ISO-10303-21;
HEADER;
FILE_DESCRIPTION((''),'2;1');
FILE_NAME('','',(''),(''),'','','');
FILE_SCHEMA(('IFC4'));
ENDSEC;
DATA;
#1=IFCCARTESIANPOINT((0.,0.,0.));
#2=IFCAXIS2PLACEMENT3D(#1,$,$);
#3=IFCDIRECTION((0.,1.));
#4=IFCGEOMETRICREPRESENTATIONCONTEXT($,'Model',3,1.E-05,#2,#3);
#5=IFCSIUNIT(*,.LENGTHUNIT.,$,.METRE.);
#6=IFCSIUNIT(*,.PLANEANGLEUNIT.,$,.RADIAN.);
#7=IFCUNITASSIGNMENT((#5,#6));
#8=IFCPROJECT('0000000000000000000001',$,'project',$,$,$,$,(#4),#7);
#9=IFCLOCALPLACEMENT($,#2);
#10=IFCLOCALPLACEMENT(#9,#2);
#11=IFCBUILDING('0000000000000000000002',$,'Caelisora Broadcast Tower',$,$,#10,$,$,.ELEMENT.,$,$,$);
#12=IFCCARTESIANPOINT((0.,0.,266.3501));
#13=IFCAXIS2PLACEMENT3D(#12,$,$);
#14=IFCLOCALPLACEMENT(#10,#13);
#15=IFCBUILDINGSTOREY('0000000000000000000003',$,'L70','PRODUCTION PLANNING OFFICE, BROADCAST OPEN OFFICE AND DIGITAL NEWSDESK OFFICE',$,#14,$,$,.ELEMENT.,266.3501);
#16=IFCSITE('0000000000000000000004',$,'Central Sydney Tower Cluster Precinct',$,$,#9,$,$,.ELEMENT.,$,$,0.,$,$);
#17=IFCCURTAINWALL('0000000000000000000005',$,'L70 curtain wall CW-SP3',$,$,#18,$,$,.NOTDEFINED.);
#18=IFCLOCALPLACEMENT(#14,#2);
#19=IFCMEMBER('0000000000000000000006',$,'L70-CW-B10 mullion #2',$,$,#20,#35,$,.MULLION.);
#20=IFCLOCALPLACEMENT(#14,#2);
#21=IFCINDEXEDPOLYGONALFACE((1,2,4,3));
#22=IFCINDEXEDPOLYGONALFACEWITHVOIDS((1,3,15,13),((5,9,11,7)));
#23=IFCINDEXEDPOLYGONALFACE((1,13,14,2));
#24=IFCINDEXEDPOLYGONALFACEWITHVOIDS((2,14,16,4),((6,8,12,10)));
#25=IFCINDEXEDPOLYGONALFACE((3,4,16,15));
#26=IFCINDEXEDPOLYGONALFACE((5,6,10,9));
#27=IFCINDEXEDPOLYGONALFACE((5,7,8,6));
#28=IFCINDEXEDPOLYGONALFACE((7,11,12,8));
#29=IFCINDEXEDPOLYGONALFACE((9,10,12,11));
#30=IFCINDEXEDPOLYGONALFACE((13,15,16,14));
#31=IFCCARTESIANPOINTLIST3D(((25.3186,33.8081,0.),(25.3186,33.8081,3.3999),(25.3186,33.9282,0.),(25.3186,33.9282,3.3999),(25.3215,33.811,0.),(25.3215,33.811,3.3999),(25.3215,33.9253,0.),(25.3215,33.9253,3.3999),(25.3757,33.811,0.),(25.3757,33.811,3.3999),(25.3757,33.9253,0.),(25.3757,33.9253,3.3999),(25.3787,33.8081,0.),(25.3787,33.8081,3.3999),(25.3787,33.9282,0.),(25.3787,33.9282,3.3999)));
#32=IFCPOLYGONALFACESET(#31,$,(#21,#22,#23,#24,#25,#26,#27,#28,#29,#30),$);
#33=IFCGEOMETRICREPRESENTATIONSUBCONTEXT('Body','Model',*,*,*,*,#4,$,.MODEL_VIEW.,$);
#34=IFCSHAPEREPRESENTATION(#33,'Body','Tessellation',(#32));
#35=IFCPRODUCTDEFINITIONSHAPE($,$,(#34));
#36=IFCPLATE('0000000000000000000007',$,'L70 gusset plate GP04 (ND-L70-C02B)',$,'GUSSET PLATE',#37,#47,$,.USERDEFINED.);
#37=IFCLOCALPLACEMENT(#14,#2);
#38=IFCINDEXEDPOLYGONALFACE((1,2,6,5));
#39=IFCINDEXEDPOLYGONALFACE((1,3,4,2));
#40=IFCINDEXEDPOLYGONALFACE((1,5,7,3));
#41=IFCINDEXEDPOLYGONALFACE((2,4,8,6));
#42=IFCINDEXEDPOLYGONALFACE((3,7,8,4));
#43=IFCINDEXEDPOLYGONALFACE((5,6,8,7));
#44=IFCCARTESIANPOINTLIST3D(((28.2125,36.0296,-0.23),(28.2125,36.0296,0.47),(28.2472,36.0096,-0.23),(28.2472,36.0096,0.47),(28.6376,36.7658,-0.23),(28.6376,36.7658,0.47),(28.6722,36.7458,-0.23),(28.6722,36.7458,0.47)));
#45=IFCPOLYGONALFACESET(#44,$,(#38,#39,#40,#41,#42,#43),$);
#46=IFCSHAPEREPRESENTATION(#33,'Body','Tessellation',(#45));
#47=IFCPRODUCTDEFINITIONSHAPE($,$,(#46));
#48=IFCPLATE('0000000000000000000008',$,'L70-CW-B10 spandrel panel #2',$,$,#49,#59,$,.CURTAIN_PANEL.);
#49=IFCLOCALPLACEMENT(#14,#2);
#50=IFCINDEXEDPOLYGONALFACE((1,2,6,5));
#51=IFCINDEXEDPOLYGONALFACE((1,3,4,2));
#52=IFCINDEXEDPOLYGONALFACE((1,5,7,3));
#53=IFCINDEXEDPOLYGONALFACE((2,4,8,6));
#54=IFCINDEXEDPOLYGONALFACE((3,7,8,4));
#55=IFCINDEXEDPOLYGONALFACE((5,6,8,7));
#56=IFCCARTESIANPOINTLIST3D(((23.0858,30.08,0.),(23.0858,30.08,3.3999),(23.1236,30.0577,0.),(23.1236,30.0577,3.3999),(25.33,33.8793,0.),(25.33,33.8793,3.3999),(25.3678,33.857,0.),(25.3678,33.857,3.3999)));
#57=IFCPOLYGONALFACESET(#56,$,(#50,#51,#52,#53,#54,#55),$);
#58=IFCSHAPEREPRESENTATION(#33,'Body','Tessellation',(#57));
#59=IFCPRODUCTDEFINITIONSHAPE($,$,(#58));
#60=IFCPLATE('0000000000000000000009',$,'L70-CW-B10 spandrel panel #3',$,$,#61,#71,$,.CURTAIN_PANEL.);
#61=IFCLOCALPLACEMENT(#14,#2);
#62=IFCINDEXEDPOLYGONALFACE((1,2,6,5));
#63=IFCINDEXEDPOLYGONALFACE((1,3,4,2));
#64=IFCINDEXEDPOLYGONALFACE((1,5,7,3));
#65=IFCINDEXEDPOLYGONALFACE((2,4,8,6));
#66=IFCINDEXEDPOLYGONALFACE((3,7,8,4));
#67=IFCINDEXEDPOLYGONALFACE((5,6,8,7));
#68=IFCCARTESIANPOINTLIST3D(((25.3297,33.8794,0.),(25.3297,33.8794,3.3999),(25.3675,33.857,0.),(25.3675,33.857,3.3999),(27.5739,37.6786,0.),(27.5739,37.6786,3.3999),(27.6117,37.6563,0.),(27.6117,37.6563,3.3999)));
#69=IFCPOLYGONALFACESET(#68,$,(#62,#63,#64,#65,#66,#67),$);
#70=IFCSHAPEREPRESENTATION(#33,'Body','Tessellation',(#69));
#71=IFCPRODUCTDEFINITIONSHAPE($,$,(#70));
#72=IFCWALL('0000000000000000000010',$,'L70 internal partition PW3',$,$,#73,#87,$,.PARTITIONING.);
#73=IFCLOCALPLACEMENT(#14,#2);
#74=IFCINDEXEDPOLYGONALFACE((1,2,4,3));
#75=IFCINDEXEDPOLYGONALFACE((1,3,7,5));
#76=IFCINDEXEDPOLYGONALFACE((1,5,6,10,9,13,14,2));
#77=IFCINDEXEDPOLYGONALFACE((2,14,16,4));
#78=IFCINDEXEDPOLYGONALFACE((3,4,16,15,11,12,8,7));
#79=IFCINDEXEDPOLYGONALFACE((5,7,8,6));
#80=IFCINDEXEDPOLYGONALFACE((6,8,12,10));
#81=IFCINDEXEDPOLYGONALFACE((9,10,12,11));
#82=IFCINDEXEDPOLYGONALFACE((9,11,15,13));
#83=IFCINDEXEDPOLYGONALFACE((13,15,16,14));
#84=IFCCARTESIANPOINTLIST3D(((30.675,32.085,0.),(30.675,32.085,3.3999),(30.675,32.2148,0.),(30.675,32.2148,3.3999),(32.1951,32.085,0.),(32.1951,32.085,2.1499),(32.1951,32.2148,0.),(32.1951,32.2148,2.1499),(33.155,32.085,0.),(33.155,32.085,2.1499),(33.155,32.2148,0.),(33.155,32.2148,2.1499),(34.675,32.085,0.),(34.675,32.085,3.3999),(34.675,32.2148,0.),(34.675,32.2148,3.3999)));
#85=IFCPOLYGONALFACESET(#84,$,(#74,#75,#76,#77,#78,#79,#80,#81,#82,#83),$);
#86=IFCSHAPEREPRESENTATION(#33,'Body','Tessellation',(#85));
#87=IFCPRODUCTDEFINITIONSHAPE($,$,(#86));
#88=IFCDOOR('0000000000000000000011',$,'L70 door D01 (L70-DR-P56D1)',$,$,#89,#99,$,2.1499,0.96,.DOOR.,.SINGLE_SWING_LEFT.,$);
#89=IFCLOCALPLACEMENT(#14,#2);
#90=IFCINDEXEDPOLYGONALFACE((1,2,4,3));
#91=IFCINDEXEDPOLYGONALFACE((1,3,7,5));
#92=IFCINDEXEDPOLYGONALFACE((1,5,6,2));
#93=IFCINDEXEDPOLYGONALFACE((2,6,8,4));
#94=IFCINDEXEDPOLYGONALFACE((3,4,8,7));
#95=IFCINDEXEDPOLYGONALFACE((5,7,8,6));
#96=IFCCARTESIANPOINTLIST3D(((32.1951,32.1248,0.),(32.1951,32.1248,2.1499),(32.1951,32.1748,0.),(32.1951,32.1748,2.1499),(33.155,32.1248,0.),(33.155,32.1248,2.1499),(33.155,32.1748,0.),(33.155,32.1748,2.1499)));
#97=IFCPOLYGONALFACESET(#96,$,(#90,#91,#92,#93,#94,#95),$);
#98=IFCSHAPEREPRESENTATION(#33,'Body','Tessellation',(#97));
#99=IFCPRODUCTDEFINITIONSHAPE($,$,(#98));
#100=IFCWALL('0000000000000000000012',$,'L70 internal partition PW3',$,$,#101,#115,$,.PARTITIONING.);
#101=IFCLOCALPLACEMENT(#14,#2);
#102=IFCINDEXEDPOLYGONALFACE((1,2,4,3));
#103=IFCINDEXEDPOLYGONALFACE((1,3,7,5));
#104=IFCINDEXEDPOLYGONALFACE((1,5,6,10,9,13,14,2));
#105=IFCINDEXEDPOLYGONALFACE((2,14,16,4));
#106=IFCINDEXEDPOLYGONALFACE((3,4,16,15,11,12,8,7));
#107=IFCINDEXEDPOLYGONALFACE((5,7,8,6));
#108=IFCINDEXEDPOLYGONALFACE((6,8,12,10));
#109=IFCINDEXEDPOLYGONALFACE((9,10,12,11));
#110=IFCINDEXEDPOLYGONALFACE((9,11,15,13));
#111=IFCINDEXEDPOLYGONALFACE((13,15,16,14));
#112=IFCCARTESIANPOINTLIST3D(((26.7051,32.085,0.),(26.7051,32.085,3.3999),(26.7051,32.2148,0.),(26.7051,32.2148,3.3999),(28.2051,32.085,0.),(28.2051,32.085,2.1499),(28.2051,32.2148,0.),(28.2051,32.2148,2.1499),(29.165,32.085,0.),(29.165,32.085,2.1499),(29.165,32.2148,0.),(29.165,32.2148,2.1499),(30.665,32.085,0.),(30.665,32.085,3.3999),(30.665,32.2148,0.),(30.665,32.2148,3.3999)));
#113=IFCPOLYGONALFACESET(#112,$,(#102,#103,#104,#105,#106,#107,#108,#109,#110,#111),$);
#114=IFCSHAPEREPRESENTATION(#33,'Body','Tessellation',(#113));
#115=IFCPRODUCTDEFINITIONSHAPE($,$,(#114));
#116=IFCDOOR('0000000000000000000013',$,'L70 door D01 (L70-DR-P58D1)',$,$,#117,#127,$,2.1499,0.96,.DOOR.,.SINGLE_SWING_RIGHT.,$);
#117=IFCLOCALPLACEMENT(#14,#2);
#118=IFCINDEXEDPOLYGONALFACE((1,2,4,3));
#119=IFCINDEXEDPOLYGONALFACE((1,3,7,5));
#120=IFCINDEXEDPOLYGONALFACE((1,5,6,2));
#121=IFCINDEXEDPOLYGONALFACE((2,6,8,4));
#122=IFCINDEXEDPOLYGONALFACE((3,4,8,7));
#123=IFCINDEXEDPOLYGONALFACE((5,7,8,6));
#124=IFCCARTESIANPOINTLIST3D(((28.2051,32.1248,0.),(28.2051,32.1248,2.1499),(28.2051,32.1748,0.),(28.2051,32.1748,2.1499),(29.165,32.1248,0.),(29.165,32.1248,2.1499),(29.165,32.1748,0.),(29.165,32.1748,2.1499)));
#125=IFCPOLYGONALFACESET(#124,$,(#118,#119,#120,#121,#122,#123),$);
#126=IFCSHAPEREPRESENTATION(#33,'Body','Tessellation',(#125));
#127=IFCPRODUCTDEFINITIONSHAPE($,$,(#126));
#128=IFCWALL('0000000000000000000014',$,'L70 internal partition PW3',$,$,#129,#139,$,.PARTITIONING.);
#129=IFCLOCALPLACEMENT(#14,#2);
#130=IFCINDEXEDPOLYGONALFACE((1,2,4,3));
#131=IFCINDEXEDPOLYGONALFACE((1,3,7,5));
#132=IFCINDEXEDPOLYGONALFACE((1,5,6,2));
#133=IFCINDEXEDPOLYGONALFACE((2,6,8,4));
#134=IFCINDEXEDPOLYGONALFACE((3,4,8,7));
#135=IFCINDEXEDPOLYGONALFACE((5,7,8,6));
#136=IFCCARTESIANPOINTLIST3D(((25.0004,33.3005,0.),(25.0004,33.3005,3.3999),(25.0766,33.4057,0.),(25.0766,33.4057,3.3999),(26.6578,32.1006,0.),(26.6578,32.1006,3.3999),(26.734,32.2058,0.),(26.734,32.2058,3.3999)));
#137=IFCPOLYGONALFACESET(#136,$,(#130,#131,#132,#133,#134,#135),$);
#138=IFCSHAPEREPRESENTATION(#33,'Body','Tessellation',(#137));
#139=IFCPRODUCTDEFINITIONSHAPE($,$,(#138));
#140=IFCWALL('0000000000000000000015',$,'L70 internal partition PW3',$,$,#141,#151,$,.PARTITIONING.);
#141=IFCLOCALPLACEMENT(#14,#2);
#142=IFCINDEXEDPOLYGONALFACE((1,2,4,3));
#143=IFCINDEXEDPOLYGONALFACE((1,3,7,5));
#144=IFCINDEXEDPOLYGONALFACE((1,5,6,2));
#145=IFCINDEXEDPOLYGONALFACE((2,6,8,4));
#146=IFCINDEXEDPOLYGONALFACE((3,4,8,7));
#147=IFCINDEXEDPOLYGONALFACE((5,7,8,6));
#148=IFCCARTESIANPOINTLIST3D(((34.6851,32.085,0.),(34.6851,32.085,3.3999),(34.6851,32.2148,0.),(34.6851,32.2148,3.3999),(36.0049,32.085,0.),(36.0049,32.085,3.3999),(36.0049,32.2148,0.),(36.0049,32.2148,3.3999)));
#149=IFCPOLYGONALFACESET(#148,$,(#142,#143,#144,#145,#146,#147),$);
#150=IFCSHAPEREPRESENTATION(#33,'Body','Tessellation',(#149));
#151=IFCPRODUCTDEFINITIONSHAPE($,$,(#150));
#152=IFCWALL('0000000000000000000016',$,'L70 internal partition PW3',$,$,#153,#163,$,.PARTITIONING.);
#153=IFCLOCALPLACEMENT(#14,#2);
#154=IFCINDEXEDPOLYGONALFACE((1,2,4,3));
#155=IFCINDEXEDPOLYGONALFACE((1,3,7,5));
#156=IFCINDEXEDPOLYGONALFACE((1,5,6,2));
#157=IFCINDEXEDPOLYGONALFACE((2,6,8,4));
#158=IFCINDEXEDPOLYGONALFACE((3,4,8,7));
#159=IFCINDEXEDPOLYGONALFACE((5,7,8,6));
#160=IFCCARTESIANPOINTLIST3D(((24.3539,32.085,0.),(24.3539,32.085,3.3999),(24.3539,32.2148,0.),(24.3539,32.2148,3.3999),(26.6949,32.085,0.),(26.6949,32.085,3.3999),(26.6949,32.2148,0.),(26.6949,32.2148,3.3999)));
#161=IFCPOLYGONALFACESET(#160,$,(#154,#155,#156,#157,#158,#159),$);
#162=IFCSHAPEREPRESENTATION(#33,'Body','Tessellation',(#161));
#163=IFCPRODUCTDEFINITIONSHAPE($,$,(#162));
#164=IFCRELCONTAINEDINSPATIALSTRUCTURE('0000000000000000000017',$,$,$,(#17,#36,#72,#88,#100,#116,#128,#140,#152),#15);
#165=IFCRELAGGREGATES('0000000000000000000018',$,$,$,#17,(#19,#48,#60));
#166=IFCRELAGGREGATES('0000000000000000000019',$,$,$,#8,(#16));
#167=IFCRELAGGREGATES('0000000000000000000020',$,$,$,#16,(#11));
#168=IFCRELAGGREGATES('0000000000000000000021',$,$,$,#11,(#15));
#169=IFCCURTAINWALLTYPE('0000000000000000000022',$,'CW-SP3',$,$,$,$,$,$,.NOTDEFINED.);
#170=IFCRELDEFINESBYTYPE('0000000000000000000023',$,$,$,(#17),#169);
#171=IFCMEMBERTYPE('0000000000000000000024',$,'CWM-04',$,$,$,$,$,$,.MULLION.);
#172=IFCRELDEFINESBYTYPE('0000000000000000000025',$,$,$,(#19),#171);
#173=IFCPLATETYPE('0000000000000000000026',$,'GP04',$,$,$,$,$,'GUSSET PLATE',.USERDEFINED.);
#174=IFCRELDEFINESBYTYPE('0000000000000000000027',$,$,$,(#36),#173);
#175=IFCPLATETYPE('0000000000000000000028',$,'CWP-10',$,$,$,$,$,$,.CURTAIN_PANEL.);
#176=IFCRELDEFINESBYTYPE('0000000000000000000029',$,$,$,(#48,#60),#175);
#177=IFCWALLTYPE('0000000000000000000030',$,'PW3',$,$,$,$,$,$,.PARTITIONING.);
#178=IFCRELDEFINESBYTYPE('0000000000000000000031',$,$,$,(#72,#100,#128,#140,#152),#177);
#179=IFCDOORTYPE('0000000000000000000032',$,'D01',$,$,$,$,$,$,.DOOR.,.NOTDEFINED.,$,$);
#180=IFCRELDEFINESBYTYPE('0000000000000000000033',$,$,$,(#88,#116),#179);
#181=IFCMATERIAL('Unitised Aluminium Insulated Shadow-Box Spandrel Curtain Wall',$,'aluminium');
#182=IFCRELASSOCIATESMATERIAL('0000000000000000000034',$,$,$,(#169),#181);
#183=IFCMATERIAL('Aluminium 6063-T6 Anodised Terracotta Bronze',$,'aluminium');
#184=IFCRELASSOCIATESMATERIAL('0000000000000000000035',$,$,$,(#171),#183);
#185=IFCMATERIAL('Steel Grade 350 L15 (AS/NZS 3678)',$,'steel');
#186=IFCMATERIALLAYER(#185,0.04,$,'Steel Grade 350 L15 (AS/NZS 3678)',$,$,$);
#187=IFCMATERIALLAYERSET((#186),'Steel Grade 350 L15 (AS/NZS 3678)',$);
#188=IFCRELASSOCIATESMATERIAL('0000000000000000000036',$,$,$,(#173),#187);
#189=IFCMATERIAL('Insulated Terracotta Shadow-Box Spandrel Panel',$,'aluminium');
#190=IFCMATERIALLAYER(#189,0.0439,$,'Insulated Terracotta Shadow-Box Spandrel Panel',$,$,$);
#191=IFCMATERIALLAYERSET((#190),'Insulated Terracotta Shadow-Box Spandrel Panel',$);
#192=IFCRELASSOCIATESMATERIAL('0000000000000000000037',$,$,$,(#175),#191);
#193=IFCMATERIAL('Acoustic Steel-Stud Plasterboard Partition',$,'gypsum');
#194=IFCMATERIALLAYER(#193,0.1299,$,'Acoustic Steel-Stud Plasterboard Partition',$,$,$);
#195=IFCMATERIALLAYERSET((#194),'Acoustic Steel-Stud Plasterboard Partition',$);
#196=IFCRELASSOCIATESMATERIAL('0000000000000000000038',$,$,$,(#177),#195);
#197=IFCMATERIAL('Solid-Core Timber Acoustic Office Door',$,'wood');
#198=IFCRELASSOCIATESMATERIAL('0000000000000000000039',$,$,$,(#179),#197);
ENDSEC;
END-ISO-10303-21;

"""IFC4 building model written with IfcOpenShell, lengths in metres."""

from ifc_helpers import new_model, si_unit, direction, frame, frame_2d, origin, origin_2d, place, context, subcontext, project, spatial, rectangle, hollow_rectangle, extrude, source, transform, mapped, material, layer, layer_set, material_profile, profile_set, type_object, type_shapes, element, fill, aggregate, save


model = new_model("IFC4")

# Units and contexts
model_context = context("Model", 3, precision=1e-05, world=origin(), true_north=direction((0.0, 1.0)))
body_context = subcontext(model_context, "Body", "Model", "MODEL_VIEW")
ifc_project = project(units=[si_unit("LENGTHUNIT", "METRE"), si_unit("PLANEANGLEUNIT", "RADIAN")], contexts=[model_context])

# Site, building, storey
site_placement = place(None, origin())
site = spatial("IfcSite", under=ifc_project, at=site_placement, Name="Central Sydney Tower Cluster Precinct", CompositionType="ELEMENT", RefElevation=0.0)
building_placement = place(site_placement, origin())
building = spatial("IfcBuilding", under=site, at=building_placement, Name="Caelisora Broadcast Tower", CompositionType="ELEMENT")
storey_placement = place(building_placement, frame((0.0, 0.0, 266.3501)))
storey = spatial("IfcBuildingStorey", under=building, at=storey_placement, Name="L70", Description="PRODUCTION PLANNING OFFICE, BROADCAST OPEN OFFICE AND DIGITAL NEWSDESK OFFICE", CompositionType="ELEMENT", Elevation=266.3501)

# Shared definitions
ifc_material_1 = material(Name="Steel Grade 350 L15 (AS/NZS 3678)", Category="steel")

# Curtain wall, member
ifc_material_2 = material(Name="Unitised Aluminium Insulated Shadow-Box Spandrel Curtain Wall", Category="aluminium")
curtain_wall_type = type_object("IfcCurtainWallType", Name="CW-SP3", PredefinedType="NOTDEFINED", material=ifc_material_2)
curtain_wall_placement = place(storey_placement, origin())
curtain_wall = element("IfcCurtainWall", 1, at=curtain_wall_placement, inside=storey, type_object=curtain_wall_type, Name="L70 curtain wall CW-SP3", PredefinedType="NOTDEFINED")
ifc_material_3 = material(Name="Aluminium 6063-T6 Anodised Terracotta Bronze", Category="aluminium")
ifc_material_profile_1 = material_profile(ifc_material_3, hollow_rectangle(XDim=0.0601, YDim=0.1201, WallThickness=0.0029, at=origin_2d()), Name="Aluminium 6063-T6 Anodised Terracotta Bronze")
ifc_profile_set_1 = profile_set([ifc_material_profile_1], Name="Aluminium 6063-T6 Anodised Terracotta Bronze")
member_type_1 = type_object("IfcMemberType", Name="CWM-04", PredefinedType="MULLION", material=ifc_profile_set_1)
shared_shape_1 = source(origin(), body_context, "Body", "SweptSolid", [
    extrude(hollow_rectangle(XDim=0.0601, YDim=0.1201, WallThickness=0.0029, at=origin_2d()), origin(), (0.0, 0.0, 1.0), 3.3999),
])
type_shapes(member_type_1, [shared_shape_1])
member_1_placement = place(storey_placement, frame((25.3486, 33.8682, 0.0), z_axis=(0.0, 0.0, 1.0), x_axis=(1.0, 0.0, 0.0)))
member_1 = element("IfcMember", 2, at=member_1_placement, type_object=member_type_1, Name="L70-CW-B10 mullion #2", PredefinedType="MULLION", context=body_context, shape_type="MappedRepresentation", body=[
    mapped(shared_shape_1, transform((0.0, 0.0, 0.0), scale=1.0)),
])

# Plates
ifc_layer_1 = layer(ifc_material_1, 0.04, Name="Steel Grade 350 L15 (AS/NZS 3678)")
ifc_layer_set_1 = layer_set([ifc_layer_1], Name="Steel Grade 350 L15 (AS/NZS 3678)")
plate_type_1 = type_object("IfcPlateType", Name="GP04", ElementType="GUSSET PLATE", PredefinedType="USERDEFINED", material=ifc_layer_set_1)
shared_shape_2 = source(origin(), body_context, "Body", "SweptSolid", [
    extrude(rectangle(XDim=0.8501, YDim=0.04, at=origin_2d()), origin(), (0.0, 0.0, 1.0), 0.7),
])
type_shapes(plate_type_1, [shared_shape_2])
plate_1_placement = place(storey_placement, frame((28.4424, 36.3877, -0.23), z_axis=(0.0, 0.0, 1.0), x_axis=(-0.5, -0.866025, 0.0)))
element("IfcPlate", 3, at=plate_1_placement, inside=storey, type_object=plate_type_1, Name="L70 gusset plate GP04 (ND-L70-C02B)", ObjectType="GUSSET PLATE", PredefinedType="USERDEFINED", context=body_context, shape_type="MappedRepresentation", body=[
    mapped(shared_shape_2, transform((0.0, 0.0, 0.0), scale=1.0)),
])
ifc_material_4 = material(Name="Insulated Terracotta Shadow-Box Spandrel Panel", Category="aluminium")
ifc_layer_2 = layer(ifc_material_4, 0.0439, Name="Insulated Terracotta Shadow-Box Spandrel Panel")
ifc_layer_set_2 = layer_set([ifc_layer_2], Name="Insulated Terracotta Shadow-Box Spandrel Panel")
plate_type_2 = type_object("IfcPlateType", Name="CWP-10", PredefinedType="CURTAIN_PANEL", material=ifc_layer_set_2)
shared_shape_3 = source(origin(), body_context, "Body", "SweptSolid", [
    extrude(rectangle(XDim=4.4126, YDim=0.0439, at=origin_2d()), origin(), (0.0, 0.0, 1.0), 3.3999),
])
type_shapes(plate_type_2, [shared_shape_3])
plate_2_placement = place(storey_placement, frame((24.2268, 31.9685, 0.0), z_axis=(0.0, 0.0, 1.0), x_axis=(0.508591, 0.861008, 0.0)))
plate_2 = element("IfcPlate", 4, at=plate_2_placement, type_object=plate_type_2, Name="L70-CW-B10 spandrel panel #2", PredefinedType="CURTAIN_PANEL", context=body_context, shape_type="MappedRepresentation", body=[
    mapped(shared_shape_3, transform((0.0, 0.0, 0.0), scale=1.0)),
])
plate_3_placement = place(storey_placement, frame((26.4707, 35.7678, 0.0), z_axis=(0.0, 0.0, 1.0), x_axis=(0.508591, 0.861008, 0.0)))
plate_3 = element("IfcPlate", 5, at=plate_3_placement, type_object=plate_type_2, Name="L70-CW-B10 spandrel panel #3", PredefinedType="CURTAIN_PANEL", context=body_context, shape_type="MappedRepresentation", body=[
    mapped(shared_shape_3, transform((0.0, 0.0, 0.0), scale=1.0)),
])
aggregate(curtain_wall, [member_1, plate_2, plate_3])

# Walls, openings, doors
ifc_material_5 = material(Name="Acoustic Steel-Stud Plasterboard Partition", Category="gypsum")
ifc_layer_3 = layer(ifc_material_5, 0.1299, Name="Acoustic Steel-Stud Plasterboard Partition")
ifc_layer_set_3 = layer_set([ifc_layer_3], Name="Acoustic Steel-Stud Plasterboard Partition")
wall_type = type_object("IfcWallType", Name="PW3", PredefinedType="PARTITIONING", material=ifc_layer_set_3)
wall_1_placement = place(storey_placement, frame((30.675, 32.1499, 0.0), z_axis=(0.0, 0.0, 1.0), x_axis=(1.0, 0.0, 0.0)))
wall_1 = element("IfcWall", 6, at=wall_1_placement, inside=storey, type_object=wall_type, Name="L70 internal partition PW3", PredefinedType="PARTITIONING", context=body_context, shape_type="SweptSolid", body=[
    extrude(rectangle(XDim=4.0, YDim=0.1299, at=frame_2d((2.0, 0.0))), origin(), (0.0, 0.0, 1.0), 3.3999),
])
opening_1_placement = place(wall_1_placement, frame((1.52, 0.0, 0.0)))
opening_1 = element("IfcOpeningElement", 7, at=opening_1_placement, cuts=wall_1, PredefinedType="OPENING", context=body_context, shape_type="SweptSolid", body=[
    extrude(rectangle(XDim=0.96, YDim=2.1499, at=frame_2d((0.48, 1.075))), frame((0.0, 0.0769, 0.0), z_axis=(0.0, -1.0, 0.0), x_axis=(1.0, 0.0, 0.0)), (0.0, 0.0, 1.0), 0.1538),
])
ifc_material_6 = material(Name="Solid-Core Timber Acoustic Office Door", Category="wood")
door_type = type_object("IfcDoorType", Name="D01", OperationType="NOTDEFINED", PredefinedType="DOOR", material=ifc_material_6)
door_1_placement = place(opening_1_placement, origin())
door_1 = element("IfcDoor", 8, at=door_1_placement, inside=storey, type_object=door_type, Name="L70 door D01 (L70-DR-P56D1)", OperationType="SINGLE_SWING_LEFT", OverallHeight=2.1499, OverallWidth=0.96, PredefinedType="DOOR", context=body_context, shape_type="SweptSolid", body=[
    extrude(rectangle(XDim=0.96, YDim=2.1499, at=frame_2d((0.48, 1.075))), frame((0.0, 0.0249, 0.0), z_axis=(0.0, -1.0, 0.0), x_axis=(1.0, 0.0, 0.0)), (0.0, 0.0, 1.0), 0.05),
])
fill(opening_1, door_1)
wall_2_placement = place(storey_placement, frame((26.7051, 32.1499, 0.0), z_axis=(0.0, 0.0, 1.0), x_axis=(1.0, 0.0, 0.0)))
wall_2 = element("IfcWall", 9, at=wall_2_placement, inside=storey, type_object=wall_type, Name="L70 internal partition PW3", PredefinedType="PARTITIONING", context=body_context, shape_type="SweptSolid", body=[
    extrude(rectangle(XDim=3.96, YDim=0.1299, at=frame_2d((1.98, 0.0))), origin(), (0.0, 0.0, 1.0), 3.3999),
])
opening_2_placement = place(wall_2_placement, frame((1.5, 0.0, 0.0)))
opening_2 = element("IfcOpeningElement", 10, at=opening_2_placement, cuts=wall_2, PredefinedType="OPENING", context=body_context, shape_type="SweptSolid", body=[
    extrude(rectangle(XDim=0.96, YDim=2.1499, at=frame_2d((0.48, 1.075))), frame((0.0, 0.0769, 0.0), z_axis=(0.0, -1.0, 0.0), x_axis=(1.0, 0.0, 0.0)), (0.0, 0.0, 1.0), 0.1538),
])
door_2_placement = place(opening_2_placement, origin())
door_2 = element("IfcDoor", 11, at=door_2_placement, inside=storey, type_object=door_type, Name="L70 door D01 (L70-DR-P58D1)", OperationType="SINGLE_SWING_RIGHT", OverallHeight=2.1499, OverallWidth=0.96, PredefinedType="DOOR", context=body_context, shape_type="SweptSolid", body=[
    extrude(rectangle(XDim=0.96, YDim=2.1499, at=frame_2d((0.48, 1.075))), frame((0.0, 0.0249, 0.0), z_axis=(0.0, -1.0, 0.0), x_axis=(1.0, 0.0, 0.0)), (0.0, 0.0, 1.0), 0.05),
])
fill(opening_2, door_2)

# Walls
wall_3_placement = place(storey_placement, frame((25.0386, 33.353, 0.0), z_axis=(0.0, 0.0, 1.0), x_axis=(0.810009, -0.586418, 0.0)))
element("IfcWall", 12, at=wall_3_placement, inside=storey, type_object=wall_type, Name="L70 internal partition PW3", PredefinedType="PARTITIONING", context=body_context, shape_type="SweptSolid", body=[
    extrude(rectangle(XDim=2.0461, YDim=0.1299, at=frame_2d((1.0229, 0.0))), origin(), (0.0, 0.0, 1.0), 3.3999),
])
wall_4_placement = place(storey_placement, frame((34.6851, 32.1499, 0.0), z_axis=(0.0, 0.0, 1.0), x_axis=(1.0, 0.0, 0.0)))
element("IfcWall", 13, at=wall_4_placement, inside=storey, type_object=wall_type, Name="L70 internal partition PW3", PredefinedType="PARTITIONING", context=body_context, shape_type="SweptSolid", body=[
    extrude(rectangle(XDim=1.3198, YDim=0.1299, at=frame_2d((0.6599, 0.0))), origin(), (0.0, 0.0, 1.0), 3.3999),
])
wall_5_placement = place(storey_placement, frame((24.354, 32.1499, 0.0), z_axis=(0.0, 0.0, 1.0), x_axis=(1.0, 0.0, 0.0)))
element("IfcWall", 14, at=wall_5_placement, inside=storey, type_object=wall_type, Name="L70 internal partition PW3", PredefinedType="PARTITIONING", context=body_context, shape_type="SweptSolid", body=[
    extrude(rectangle(XDim=2.3411, YDim=0.1299, at=frame_2d((1.1704, 0.0))), origin(), (0.0, 0.0, 1.0), 3.3999),
])

save(model, "model.ifc")
